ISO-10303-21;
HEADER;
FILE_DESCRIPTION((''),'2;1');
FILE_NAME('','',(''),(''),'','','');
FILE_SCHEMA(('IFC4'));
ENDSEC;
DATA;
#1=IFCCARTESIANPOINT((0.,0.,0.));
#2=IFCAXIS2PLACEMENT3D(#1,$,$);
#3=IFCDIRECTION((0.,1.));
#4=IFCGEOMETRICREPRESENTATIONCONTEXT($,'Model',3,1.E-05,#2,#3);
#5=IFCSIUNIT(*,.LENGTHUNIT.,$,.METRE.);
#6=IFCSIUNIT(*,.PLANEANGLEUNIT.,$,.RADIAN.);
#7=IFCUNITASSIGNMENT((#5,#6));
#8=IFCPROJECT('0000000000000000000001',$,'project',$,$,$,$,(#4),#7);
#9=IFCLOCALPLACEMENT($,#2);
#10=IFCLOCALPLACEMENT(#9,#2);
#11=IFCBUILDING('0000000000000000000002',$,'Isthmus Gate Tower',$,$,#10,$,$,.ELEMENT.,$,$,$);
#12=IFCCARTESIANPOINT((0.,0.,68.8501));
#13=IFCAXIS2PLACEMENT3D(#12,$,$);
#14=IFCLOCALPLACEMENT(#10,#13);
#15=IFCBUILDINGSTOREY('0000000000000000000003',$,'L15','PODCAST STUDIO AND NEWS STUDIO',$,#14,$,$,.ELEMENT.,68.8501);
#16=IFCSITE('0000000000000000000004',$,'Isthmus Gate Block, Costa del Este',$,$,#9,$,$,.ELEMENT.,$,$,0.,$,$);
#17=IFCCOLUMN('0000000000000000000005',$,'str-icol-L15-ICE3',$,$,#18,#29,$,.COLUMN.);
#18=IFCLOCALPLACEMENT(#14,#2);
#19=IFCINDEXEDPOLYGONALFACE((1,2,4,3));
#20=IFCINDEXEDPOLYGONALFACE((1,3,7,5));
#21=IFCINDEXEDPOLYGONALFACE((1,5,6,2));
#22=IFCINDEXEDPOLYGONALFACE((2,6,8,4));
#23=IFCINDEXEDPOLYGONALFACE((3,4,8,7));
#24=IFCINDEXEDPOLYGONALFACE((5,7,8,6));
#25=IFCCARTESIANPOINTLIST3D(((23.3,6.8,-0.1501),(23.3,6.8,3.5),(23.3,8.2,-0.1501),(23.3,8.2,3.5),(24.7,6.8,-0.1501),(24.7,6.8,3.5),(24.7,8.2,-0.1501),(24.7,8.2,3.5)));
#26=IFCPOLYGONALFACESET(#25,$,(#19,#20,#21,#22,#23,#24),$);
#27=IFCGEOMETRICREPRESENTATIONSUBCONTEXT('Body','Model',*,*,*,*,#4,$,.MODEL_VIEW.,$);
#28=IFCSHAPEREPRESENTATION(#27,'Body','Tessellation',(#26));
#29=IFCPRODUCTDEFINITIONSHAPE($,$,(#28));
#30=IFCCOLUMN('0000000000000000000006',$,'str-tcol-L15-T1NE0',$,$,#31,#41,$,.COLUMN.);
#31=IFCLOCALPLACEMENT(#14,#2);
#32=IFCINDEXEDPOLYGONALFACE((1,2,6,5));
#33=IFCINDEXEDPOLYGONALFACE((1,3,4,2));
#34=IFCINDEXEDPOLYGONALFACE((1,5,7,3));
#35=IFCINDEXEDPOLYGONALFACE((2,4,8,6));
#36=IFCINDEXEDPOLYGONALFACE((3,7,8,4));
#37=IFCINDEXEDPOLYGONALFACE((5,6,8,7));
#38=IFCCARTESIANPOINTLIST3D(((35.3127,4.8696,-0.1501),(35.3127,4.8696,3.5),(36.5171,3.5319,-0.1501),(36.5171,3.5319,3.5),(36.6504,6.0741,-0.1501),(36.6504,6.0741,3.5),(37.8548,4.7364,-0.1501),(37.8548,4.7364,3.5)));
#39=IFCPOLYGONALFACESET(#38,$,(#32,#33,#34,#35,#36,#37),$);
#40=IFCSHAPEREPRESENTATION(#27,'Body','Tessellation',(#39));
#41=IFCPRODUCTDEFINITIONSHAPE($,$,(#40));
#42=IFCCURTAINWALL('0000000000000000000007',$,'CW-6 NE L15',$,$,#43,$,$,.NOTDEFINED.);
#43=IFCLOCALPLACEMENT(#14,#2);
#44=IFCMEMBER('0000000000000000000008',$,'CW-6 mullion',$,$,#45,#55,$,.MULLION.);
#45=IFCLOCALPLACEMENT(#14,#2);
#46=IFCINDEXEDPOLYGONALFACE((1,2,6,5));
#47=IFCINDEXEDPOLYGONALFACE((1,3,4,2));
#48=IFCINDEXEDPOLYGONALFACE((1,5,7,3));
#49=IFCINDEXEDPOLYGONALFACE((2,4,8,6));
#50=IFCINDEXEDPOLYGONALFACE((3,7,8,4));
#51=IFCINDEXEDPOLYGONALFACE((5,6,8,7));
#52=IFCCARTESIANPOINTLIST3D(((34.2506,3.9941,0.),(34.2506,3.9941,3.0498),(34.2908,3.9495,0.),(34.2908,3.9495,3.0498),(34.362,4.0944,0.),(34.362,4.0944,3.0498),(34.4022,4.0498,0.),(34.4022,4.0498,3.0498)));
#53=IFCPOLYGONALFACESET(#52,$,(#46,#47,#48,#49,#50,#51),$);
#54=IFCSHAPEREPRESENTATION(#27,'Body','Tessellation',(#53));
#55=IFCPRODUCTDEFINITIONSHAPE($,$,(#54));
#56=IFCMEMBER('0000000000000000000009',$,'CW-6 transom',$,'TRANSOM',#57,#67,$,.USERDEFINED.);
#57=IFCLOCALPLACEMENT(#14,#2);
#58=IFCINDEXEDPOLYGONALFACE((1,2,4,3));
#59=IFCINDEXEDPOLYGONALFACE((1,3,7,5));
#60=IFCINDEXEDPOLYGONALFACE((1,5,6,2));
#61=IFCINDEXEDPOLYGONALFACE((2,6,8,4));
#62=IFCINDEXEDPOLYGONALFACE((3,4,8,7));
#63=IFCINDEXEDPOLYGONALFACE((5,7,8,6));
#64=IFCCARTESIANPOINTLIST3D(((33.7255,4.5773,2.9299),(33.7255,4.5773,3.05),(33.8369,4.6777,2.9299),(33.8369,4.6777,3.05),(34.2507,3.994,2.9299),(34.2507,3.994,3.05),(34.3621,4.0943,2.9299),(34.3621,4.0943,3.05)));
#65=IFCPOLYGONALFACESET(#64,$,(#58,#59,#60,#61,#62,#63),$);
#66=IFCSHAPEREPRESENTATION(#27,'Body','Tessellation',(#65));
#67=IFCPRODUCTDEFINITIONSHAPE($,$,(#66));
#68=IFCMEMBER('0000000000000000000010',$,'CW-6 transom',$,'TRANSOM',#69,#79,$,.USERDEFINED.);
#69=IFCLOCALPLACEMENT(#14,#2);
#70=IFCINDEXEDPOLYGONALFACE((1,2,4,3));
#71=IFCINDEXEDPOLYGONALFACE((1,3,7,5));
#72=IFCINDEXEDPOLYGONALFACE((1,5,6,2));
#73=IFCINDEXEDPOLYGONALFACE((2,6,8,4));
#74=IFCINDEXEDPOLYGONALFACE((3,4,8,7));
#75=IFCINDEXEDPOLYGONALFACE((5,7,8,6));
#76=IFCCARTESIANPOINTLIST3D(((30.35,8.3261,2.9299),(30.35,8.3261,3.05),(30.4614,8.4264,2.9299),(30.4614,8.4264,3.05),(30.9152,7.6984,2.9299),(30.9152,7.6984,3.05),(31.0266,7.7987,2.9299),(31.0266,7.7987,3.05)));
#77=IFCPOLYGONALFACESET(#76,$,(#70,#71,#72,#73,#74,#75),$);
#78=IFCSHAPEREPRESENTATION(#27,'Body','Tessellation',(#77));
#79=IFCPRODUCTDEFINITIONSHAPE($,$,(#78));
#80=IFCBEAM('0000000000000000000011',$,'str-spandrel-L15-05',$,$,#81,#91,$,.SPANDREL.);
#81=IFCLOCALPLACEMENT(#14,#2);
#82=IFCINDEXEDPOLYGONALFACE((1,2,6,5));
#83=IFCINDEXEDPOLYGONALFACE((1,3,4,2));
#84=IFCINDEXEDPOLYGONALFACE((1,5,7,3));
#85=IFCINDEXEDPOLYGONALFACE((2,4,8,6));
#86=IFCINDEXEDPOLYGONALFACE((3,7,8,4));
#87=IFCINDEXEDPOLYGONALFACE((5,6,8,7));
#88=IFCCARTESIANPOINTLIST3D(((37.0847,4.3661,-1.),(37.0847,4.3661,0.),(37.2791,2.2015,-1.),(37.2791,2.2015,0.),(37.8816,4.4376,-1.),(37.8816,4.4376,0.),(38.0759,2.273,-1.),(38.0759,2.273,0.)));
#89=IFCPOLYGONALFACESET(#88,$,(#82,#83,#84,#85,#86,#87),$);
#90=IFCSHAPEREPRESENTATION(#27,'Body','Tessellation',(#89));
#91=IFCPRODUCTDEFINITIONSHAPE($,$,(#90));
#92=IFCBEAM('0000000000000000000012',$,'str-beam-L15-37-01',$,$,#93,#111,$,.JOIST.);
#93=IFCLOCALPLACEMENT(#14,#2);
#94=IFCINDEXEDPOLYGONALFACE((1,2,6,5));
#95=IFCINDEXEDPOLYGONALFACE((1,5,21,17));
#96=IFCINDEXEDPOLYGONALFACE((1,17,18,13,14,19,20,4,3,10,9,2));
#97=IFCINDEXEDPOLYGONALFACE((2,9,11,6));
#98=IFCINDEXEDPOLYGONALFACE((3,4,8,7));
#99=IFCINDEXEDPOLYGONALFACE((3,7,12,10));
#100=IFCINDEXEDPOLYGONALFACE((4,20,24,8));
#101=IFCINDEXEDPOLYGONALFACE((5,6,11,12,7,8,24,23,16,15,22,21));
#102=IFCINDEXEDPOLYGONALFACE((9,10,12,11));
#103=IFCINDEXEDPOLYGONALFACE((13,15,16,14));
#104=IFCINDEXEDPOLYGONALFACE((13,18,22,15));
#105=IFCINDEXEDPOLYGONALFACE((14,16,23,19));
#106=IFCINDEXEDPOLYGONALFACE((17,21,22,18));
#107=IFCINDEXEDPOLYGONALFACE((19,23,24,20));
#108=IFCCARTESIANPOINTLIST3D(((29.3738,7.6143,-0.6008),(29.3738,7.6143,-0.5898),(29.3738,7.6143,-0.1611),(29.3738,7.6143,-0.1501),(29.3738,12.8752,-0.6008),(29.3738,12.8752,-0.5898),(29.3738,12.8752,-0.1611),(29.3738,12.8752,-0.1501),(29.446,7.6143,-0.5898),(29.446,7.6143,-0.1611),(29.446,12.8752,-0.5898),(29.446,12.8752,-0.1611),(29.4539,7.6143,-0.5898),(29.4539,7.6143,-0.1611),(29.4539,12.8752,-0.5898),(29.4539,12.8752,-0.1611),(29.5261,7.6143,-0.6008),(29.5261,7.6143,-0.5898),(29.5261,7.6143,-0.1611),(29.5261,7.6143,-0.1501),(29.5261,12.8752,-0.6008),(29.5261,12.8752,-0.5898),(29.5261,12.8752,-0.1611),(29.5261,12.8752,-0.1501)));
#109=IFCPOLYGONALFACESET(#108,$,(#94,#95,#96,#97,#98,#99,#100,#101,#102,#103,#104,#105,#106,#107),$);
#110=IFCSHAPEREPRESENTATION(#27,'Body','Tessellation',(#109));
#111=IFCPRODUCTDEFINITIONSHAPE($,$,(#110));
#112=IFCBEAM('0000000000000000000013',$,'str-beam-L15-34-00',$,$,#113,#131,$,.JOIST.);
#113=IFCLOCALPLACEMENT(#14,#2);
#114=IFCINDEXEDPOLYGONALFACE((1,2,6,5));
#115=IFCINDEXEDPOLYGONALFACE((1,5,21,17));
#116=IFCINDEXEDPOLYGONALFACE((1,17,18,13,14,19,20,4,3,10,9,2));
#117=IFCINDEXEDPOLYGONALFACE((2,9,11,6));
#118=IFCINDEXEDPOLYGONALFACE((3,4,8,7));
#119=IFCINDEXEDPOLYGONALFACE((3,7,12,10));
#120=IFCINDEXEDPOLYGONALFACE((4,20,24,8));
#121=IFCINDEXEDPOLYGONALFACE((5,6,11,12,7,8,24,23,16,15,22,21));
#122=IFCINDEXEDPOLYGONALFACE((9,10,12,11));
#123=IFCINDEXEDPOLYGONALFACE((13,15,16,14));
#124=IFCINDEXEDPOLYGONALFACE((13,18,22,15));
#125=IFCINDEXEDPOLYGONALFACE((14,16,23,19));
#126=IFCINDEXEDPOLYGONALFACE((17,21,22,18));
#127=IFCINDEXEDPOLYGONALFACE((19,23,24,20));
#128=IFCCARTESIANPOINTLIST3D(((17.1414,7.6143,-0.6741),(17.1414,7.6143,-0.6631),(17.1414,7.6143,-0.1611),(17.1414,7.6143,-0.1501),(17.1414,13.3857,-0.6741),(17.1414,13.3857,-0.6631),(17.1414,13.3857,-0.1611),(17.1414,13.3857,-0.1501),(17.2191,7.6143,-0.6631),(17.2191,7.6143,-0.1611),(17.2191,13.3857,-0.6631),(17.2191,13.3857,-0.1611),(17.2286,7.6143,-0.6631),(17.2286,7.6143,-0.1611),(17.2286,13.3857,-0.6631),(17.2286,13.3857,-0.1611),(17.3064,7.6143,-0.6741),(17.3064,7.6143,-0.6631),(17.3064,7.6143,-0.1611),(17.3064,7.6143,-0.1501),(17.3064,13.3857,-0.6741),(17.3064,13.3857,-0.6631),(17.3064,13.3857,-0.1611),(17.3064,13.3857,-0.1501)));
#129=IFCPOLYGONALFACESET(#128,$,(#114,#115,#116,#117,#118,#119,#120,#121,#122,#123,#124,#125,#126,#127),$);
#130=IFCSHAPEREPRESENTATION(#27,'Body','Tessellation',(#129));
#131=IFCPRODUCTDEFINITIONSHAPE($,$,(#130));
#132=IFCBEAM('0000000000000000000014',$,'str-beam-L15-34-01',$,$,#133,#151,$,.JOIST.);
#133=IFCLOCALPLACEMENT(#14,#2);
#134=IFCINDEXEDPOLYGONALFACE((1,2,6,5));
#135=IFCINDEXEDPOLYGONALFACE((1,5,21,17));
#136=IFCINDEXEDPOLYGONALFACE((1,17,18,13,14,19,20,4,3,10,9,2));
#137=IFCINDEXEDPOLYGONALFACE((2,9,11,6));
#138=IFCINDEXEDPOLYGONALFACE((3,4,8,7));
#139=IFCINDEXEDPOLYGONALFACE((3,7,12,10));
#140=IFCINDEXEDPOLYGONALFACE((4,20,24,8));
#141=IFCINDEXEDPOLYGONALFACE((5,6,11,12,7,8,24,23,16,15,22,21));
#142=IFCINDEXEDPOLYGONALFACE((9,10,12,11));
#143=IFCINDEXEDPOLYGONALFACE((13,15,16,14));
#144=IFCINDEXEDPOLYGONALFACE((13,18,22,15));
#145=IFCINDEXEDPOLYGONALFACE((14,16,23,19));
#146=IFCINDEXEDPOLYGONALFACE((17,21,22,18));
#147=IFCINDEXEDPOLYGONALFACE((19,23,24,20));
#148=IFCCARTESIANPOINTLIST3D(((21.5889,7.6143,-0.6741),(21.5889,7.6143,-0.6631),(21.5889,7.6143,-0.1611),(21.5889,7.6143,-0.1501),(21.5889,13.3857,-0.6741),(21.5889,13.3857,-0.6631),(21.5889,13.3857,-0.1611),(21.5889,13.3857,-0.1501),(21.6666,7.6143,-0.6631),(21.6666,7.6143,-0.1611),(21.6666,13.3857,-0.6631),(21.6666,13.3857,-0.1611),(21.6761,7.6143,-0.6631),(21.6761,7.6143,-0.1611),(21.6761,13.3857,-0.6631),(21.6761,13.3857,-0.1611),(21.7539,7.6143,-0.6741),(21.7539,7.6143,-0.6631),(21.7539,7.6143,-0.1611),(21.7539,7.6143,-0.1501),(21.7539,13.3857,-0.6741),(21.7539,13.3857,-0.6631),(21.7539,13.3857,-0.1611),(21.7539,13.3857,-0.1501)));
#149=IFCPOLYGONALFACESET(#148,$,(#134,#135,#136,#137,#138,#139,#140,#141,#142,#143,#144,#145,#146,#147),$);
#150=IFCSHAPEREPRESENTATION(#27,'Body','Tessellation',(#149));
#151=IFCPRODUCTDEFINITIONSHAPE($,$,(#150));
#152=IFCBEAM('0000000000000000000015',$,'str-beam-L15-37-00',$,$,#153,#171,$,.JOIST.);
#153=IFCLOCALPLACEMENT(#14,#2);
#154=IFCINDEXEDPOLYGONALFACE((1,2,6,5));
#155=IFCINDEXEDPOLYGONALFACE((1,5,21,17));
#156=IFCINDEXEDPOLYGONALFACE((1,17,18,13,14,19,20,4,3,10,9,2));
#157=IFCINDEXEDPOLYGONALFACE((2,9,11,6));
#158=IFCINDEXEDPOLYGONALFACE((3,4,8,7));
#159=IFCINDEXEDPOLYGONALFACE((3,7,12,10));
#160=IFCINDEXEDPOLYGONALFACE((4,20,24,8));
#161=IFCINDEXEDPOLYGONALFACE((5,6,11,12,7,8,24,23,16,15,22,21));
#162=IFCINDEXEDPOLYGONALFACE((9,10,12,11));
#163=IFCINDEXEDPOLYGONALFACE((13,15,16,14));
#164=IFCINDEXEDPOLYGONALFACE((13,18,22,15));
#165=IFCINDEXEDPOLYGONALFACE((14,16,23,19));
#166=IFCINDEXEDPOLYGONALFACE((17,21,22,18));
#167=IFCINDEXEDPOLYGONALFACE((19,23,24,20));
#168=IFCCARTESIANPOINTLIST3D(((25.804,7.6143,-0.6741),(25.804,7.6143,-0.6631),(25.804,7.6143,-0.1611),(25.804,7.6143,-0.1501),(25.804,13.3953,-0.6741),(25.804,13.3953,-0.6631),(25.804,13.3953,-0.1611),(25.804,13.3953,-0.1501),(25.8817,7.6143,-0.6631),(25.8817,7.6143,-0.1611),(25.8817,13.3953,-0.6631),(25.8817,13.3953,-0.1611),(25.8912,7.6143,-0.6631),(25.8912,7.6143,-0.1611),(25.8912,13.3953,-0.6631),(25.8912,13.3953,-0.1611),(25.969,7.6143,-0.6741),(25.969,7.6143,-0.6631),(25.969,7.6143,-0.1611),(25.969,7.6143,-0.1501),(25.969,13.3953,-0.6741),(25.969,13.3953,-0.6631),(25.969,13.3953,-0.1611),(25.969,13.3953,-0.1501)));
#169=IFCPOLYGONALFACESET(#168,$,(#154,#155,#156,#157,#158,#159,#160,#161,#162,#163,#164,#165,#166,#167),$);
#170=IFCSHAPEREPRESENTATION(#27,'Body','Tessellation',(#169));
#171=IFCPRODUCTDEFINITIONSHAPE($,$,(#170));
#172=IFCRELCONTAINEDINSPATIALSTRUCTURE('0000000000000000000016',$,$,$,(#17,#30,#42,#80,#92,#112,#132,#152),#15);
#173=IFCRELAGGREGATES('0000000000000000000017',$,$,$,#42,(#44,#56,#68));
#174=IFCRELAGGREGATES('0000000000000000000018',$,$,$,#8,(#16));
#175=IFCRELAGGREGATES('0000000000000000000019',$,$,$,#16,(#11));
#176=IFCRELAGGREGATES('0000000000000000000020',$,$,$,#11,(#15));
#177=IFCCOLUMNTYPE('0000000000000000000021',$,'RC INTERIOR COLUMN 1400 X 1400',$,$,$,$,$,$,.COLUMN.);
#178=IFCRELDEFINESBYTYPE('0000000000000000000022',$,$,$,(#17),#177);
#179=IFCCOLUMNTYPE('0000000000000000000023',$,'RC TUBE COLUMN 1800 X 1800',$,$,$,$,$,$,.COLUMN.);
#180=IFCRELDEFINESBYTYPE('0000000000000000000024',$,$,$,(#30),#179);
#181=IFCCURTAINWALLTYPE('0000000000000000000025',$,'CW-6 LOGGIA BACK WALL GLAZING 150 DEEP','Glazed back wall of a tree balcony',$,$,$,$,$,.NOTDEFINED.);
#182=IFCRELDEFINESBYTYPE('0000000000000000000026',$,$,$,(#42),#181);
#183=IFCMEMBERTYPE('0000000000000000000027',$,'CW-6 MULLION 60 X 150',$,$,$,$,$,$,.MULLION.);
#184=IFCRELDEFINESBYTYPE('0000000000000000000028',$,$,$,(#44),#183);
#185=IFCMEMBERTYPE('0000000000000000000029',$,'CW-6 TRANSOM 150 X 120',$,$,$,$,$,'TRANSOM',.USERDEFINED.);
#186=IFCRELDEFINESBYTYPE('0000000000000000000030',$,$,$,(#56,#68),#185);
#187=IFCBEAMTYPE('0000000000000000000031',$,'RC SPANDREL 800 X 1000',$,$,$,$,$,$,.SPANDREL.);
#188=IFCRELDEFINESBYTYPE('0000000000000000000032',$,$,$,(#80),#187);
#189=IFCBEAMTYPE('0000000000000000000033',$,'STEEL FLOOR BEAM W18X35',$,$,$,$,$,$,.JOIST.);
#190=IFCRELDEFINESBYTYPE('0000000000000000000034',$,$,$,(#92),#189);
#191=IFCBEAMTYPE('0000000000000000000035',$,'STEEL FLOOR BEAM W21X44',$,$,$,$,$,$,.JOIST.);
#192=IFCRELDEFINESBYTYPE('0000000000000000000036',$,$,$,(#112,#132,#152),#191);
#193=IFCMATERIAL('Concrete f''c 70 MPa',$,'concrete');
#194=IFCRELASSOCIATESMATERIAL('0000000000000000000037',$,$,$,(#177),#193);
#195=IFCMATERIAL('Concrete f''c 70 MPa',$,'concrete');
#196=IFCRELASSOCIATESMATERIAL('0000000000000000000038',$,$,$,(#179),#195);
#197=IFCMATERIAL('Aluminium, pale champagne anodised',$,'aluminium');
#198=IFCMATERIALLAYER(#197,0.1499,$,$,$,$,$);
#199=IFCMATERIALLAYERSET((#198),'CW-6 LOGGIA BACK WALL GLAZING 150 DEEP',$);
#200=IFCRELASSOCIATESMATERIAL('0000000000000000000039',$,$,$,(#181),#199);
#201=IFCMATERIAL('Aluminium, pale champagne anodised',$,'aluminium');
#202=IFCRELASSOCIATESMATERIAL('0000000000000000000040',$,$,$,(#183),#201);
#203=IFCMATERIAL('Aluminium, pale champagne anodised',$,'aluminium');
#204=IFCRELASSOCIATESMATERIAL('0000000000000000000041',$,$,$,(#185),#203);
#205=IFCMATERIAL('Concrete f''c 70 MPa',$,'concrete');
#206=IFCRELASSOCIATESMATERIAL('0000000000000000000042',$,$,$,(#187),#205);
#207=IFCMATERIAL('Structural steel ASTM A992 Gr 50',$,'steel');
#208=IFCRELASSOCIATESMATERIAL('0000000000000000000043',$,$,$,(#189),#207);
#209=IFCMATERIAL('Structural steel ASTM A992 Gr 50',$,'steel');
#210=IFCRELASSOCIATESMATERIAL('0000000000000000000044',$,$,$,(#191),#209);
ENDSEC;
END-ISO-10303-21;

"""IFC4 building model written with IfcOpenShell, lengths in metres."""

from ifc_helpers import new_model, si_unit, direction, frame, origin, origin_2d, place, context, subcontext, project, spatial, rectangle, i_section, extrude, material, layer, layer_set, material_profile, profile_set, type_object, element, aggregate, save


model = new_model("IFC4")

# Units and contexts
model_context = context("Model", 3, precision=1e-05, world=origin(), true_north=direction((0.0, 1.0)))
body_context = subcontext(model_context, "Body", "Model", "MODEL_VIEW")
ifc_project = project(units=[si_unit("LENGTHUNIT", "METRE"), si_unit("PLANEANGLEUNIT", "RADIAN")], contexts=[model_context])

# Site, building, storey
site_placement = place(None, origin())
site = spatial("IfcSite", under=ifc_project, at=site_placement, Name="Isthmus Gate Block, Costa del Este", CompositionType="ELEMENT", RefElevation=0.0)
building_placement = place(site_placement, origin())
building = spatial("IfcBuilding", under=site, at=building_placement, Name="Isthmus Gate Tower", CompositionType="ELEMENT")
storey_placement = place(building_placement, frame((0.0, 0.0, 68.8501)))
storey = spatial("IfcBuildingStorey", under=building, at=storey_placement, Name="L15", Description="PODCAST STUDIO AND NEWS STUDIO", CompositionType="ELEMENT", Elevation=68.8501)

# Columns
ifc_material_1 = material(Name="Concrete f'c 70 MPa", Category="concrete")
ifc_material_profile_1 = material_profile(ifc_material_1, rectangle(XDim=1.3999, YDim=1.3999, at=origin_2d()), Name="RC 1400X1400")
ifc_profile_set_1 = profile_set([ifc_material_profile_1], Name="Concrete f'c 70 MPa")
column_type_1 = type_object("IfcColumnType", Name="RC INTERIOR COLUMN 1400 X 1400", PredefinedType="COLUMN", material=ifc_profile_set_1)
column_1_placement = place(storey_placement, frame((24.0, 7.5, -0.1501), z_axis=(0.0, 0.0, 1.0), x_axis=(1.0, 0.0, 0.0)))
element("IfcColumn", 1, at=column_1_placement, inside=storey, type_object=column_type_1, Name="str-icol-L15-ICE3", PredefinedType="COLUMN", context=body_context, shape_type="SweptSolid", body=[
    extrude(rectangle(XDim=1.3999, YDim=1.3999, at=origin_2d()), origin(), (0.0, 0.0, 1.0), 3.6501),
])
ifc_material_2 = material(Name="Concrete f'c 70 MPa", Category="concrete")
ifc_material_profile_2 = material_profile(ifc_material_2, rectangle(XDim=1.8, YDim=1.8, at=origin_2d()), Name="RC 1800X1800")
ifc_profile_set_2 = profile_set([ifc_material_profile_2], Name="Concrete f'c 70 MPa")
column_type_2 = type_object("IfcColumnType", Name="RC TUBE COLUMN 1800 X 1800", PredefinedType="COLUMN", material=ifc_profile_set_2)
column_2_placement = place(storey_placement, frame((36.5837, 4.803, -0.1501), z_axis=(0.0, 0.0, 1.0), x_axis=(-0.669131, 0.743145, 0.0)))
element("IfcColumn", 2, at=column_2_placement, inside=storey, type_object=column_type_2, Name="str-tcol-L15-T1NE0", PredefinedType="COLUMN", context=body_context, shape_type="SweptSolid", body=[
    extrude(rectangle(XDim=1.8, YDim=1.8, at=origin_2d()), origin(), (0.0, 0.0, 1.0), 3.6501),
])

# Curtain wall, members
ifc_material_3 = material(Name="Aluminium, pale champagne anodised", Category="aluminium")
ifc_layer_1 = layer(ifc_material_3, 0.1499)
ifc_layer_set_1 = layer_set([ifc_layer_1], Name="CW-6 LOGGIA BACK WALL GLAZING 150 DEEP")
curtain_wall_type_1 = type_object("IfcCurtainWallType", Name="CW-6 LOGGIA BACK WALL GLAZING 150 DEEP", Description="Glazed back wall of a tree balcony", PredefinedType="NOTDEFINED", material=ifc_layer_set_1)
curtain_wall_1_placement = place(storey_placement, origin())
curtain_wall_1 = element("IfcCurtainWall", 3, at=curtain_wall_1_placement, inside=storey, type_object=curtain_wall_type_1, Name="CW-6 NE L15", PredefinedType="NOTDEFINED")
ifc_material_4 = material(Name="Aluminium, pale champagne anodised", Category="aluminium")
ifc_material_profile_3 = material_profile(ifc_material_4, rectangle(XDim=0.0601, YDim=0.1499, at=origin_2d()), Name="60x150")
ifc_profile_set_3 = profile_set([ifc_material_profile_3], Name="Aluminium, pale champagne anodised")
member_type_1 = type_object("IfcMemberType", Name="CW-6 MULLION 60 X 150", PredefinedType="MULLION", material=ifc_profile_set_3)
member_1_placement = place(storey_placement, frame((34.3264, 4.022, 0.0), z_axis=(0.0, 0.0, 1.0), x_axis=(-0.669131, 0.743145, 0.0)))
member_1 = element("IfcMember", 4, at=member_1_placement, type_object=member_type_1, Name="CW-6 mullion", PredefinedType="MULLION", context=body_context, shape_type="SweptSolid", body=[
    extrude(rectangle(XDim=0.0601, YDim=0.1499, at=origin_2d()), origin(), (0.0, 0.0, 1.0), 3.0498),
])
ifc_material_5 = material(Name="Aluminium, pale champagne anodised", Category="aluminium")
ifc_material_profile_4 = material_profile(ifc_material_5, rectangle(XDim=0.1499, YDim=0.1201, at=origin_2d()), Name="150x120")
ifc_profile_set_4 = profile_set([ifc_material_profile_4], Name="Aluminium, pale champagne anodised")
member_type_2 = type_object("IfcMemberType", Name="CW-6 TRANSOM 150 X 120", ElementType="TRANSOM", PredefinedType="USERDEFINED", material=ifc_profile_set_4)
member_2_placement = place(storey_placement, frame((34.3064, 4.0442, 2.99), z_axis=(-0.669119, 0.743155, 0.0), x_axis=(-0.743155, -0.669119, 0.0)))
member_2 = element("IfcMember", 5, at=member_2_placement, type_object=member_type_2, Name="CW-6 transom", ObjectType="TRANSOM", PredefinedType="USERDEFINED", context=body_context, shape_type="SweptSolid", body=[
    extrude(rectangle(XDim=0.1499, YDim=0.1201, at=origin_2d()), origin(), (0.0, 0.0, 1.0), 0.7849),
])
member_3_placement = place(storey_placement, frame((30.9709, 7.7485, 2.99), z_axis=(-0.66914, 0.743136, 0.0), x_axis=(-0.743136, -0.66914, 0.0)))
member_3 = element("IfcMember", 6, at=member_3_placement, type_object=member_type_2, Name="CW-6 transom", ObjectType="TRANSOM", PredefinedType="USERDEFINED", context=body_context, shape_type="SweptSolid", body=[
    extrude(rectangle(XDim=0.1499, YDim=0.1201, at=origin_2d()), origin(), (0.0, 0.0, 1.0), 0.8447),
])

# Beams
ifc_material_6 = material(Name="Concrete f'c 70 MPa", Category="concrete")
ifc_material_profile_5 = material_profile(ifc_material_6, rectangle(XDim=0.8, YDim=1.0, at=origin_2d()), Name="RC 800X1000")
ifc_profile_set_5 = profile_set([ifc_material_profile_5], Name="Concrete f'c 70 MPa")
beam_type_1 = type_object("IfcBeamType", Name="RC SPANDREL 800 X 1000", PredefinedType="SPANDREL", material=ifc_profile_set_5)
beam_1_placement = place(storey_placement, frame((37.4832, 4.4019, -0.5), z_axis=(0.089422, -0.995994, 0.0), x_axis=(0.995994, 0.089422, 0.0)))
element("IfcBeam", 7, at=beam_1_placement, inside=storey, type_object=beam_type_1, Name="str-spandrel-L15-05", PredefinedType="SPANDREL", context=body_context, shape_type="SweptSolid", body=[
    extrude(rectangle(XDim=0.8, YDim=1.0, at=origin_2d()), origin(), (0.0, 0.0, 1.0), 2.1733),
])
ifc_material_7 = material(Name="Structural steel ASTM A992 Gr 50", Category="steel")
ifc_material_profile_6 = material_profile(ifc_material_7, i_section(OverallWidth=0.1523, OverallDepth=0.4507, WebThickness=0.0078, FlangeThickness=0.011, at=origin_2d()), Name="W18X35")
ifc_profile_set_6 = profile_set([ifc_material_profile_6], Name="Structural steel ASTM A992 Gr 50")
beam_type_2 = type_object("IfcBeamType", Name="STEEL FLOOR BEAM W18X35", PredefinedType="JOIST", material=ifc_profile_set_6)
beam_2_placement = place(storey_placement, frame((29.45, 7.6143, -0.3755), z_axis=(0.0, 1.0, 0.0), x_axis=(-1.0, 0.0, 0.0)))
element("IfcBeam", 8, at=beam_2_placement, inside=storey, type_object=beam_type_2, Name="str-beam-L15-37-01", PredefinedType="JOIST", context=body_context, shape_type="SweptSolid", body=[
    extrude(i_section(OverallWidth=0.1523, OverallDepth=0.4507, WebThickness=0.0078, FlangeThickness=0.011, at=origin_2d()), origin(), (0.0, 0.0, 1.0), 5.261),
])
ifc_material_8 = material(Name="Structural steel ASTM A992 Gr 50", Category="steel")
ifc_material_profile_7 = material_profile(ifc_material_8, i_section(OverallWidth=0.165, OverallDepth=0.5239, WebThickness=0.0095, FlangeThickness=0.011, at=origin_2d()), Name="W21X44")
ifc_profile_set_7 = profile_set([ifc_material_profile_7], Name="Structural steel ASTM A992 Gr 50")
beam_type_3 = type_object("IfcBeamType", Name="STEEL FLOOR BEAM W21X44", PredefinedType="JOIST", material=ifc_profile_set_7)
for number, where, z_axis, x_axis, name in (
    (9, (17.2239, 7.6143, -0.4121), (0.0, 1.0, 0.0), (-1.0, 0.0, 0.0), "str-beam-L15-34-00"),
    (10, (21.6714, 7.6143, -0.4121), (0.0, 1.0, 0.0), (-1.0, 0.0, 0.0), "str-beam-L15-34-01"),
):
    element("IfcBeam", number, at=place(storey_placement, frame(where, z_axis=z_axis, x_axis=x_axis)), inside=storey, type_object=beam_type_3, Name=name, PredefinedType="JOIST", context=body_context, shape_type="SweptSolid", body=[
        extrude(i_section(OverallWidth=0.165, OverallDepth=0.5239, WebThickness=0.0095, FlangeThickness=0.011, at=origin_2d()), origin(), (0.0, 0.0, 1.0), 5.7715),
    ])
beam_3_placement = place(storey_placement, frame((25.8865, 7.6143, -0.4121), z_axis=(0.0, 1.0, 0.0), x_axis=(-1.0, 0.0, 0.0)))
element("IfcBeam", 11, at=beam_3_placement, inside=storey, type_object=beam_type_3, Name="str-beam-L15-37-00", PredefinedType="JOIST", context=body_context, shape_type="SweptSolid", body=[
    extrude(i_section(OverallWidth=0.165, OverallDepth=0.5239, WebThickness=0.0095, FlangeThickness=0.011, at=origin_2d()), origin(), (0.0, 0.0, 1.0), 5.781),
])

aggregate(curtain_wall_1, [member_1, member_2, member_3])

save(model, "model.ifc")
